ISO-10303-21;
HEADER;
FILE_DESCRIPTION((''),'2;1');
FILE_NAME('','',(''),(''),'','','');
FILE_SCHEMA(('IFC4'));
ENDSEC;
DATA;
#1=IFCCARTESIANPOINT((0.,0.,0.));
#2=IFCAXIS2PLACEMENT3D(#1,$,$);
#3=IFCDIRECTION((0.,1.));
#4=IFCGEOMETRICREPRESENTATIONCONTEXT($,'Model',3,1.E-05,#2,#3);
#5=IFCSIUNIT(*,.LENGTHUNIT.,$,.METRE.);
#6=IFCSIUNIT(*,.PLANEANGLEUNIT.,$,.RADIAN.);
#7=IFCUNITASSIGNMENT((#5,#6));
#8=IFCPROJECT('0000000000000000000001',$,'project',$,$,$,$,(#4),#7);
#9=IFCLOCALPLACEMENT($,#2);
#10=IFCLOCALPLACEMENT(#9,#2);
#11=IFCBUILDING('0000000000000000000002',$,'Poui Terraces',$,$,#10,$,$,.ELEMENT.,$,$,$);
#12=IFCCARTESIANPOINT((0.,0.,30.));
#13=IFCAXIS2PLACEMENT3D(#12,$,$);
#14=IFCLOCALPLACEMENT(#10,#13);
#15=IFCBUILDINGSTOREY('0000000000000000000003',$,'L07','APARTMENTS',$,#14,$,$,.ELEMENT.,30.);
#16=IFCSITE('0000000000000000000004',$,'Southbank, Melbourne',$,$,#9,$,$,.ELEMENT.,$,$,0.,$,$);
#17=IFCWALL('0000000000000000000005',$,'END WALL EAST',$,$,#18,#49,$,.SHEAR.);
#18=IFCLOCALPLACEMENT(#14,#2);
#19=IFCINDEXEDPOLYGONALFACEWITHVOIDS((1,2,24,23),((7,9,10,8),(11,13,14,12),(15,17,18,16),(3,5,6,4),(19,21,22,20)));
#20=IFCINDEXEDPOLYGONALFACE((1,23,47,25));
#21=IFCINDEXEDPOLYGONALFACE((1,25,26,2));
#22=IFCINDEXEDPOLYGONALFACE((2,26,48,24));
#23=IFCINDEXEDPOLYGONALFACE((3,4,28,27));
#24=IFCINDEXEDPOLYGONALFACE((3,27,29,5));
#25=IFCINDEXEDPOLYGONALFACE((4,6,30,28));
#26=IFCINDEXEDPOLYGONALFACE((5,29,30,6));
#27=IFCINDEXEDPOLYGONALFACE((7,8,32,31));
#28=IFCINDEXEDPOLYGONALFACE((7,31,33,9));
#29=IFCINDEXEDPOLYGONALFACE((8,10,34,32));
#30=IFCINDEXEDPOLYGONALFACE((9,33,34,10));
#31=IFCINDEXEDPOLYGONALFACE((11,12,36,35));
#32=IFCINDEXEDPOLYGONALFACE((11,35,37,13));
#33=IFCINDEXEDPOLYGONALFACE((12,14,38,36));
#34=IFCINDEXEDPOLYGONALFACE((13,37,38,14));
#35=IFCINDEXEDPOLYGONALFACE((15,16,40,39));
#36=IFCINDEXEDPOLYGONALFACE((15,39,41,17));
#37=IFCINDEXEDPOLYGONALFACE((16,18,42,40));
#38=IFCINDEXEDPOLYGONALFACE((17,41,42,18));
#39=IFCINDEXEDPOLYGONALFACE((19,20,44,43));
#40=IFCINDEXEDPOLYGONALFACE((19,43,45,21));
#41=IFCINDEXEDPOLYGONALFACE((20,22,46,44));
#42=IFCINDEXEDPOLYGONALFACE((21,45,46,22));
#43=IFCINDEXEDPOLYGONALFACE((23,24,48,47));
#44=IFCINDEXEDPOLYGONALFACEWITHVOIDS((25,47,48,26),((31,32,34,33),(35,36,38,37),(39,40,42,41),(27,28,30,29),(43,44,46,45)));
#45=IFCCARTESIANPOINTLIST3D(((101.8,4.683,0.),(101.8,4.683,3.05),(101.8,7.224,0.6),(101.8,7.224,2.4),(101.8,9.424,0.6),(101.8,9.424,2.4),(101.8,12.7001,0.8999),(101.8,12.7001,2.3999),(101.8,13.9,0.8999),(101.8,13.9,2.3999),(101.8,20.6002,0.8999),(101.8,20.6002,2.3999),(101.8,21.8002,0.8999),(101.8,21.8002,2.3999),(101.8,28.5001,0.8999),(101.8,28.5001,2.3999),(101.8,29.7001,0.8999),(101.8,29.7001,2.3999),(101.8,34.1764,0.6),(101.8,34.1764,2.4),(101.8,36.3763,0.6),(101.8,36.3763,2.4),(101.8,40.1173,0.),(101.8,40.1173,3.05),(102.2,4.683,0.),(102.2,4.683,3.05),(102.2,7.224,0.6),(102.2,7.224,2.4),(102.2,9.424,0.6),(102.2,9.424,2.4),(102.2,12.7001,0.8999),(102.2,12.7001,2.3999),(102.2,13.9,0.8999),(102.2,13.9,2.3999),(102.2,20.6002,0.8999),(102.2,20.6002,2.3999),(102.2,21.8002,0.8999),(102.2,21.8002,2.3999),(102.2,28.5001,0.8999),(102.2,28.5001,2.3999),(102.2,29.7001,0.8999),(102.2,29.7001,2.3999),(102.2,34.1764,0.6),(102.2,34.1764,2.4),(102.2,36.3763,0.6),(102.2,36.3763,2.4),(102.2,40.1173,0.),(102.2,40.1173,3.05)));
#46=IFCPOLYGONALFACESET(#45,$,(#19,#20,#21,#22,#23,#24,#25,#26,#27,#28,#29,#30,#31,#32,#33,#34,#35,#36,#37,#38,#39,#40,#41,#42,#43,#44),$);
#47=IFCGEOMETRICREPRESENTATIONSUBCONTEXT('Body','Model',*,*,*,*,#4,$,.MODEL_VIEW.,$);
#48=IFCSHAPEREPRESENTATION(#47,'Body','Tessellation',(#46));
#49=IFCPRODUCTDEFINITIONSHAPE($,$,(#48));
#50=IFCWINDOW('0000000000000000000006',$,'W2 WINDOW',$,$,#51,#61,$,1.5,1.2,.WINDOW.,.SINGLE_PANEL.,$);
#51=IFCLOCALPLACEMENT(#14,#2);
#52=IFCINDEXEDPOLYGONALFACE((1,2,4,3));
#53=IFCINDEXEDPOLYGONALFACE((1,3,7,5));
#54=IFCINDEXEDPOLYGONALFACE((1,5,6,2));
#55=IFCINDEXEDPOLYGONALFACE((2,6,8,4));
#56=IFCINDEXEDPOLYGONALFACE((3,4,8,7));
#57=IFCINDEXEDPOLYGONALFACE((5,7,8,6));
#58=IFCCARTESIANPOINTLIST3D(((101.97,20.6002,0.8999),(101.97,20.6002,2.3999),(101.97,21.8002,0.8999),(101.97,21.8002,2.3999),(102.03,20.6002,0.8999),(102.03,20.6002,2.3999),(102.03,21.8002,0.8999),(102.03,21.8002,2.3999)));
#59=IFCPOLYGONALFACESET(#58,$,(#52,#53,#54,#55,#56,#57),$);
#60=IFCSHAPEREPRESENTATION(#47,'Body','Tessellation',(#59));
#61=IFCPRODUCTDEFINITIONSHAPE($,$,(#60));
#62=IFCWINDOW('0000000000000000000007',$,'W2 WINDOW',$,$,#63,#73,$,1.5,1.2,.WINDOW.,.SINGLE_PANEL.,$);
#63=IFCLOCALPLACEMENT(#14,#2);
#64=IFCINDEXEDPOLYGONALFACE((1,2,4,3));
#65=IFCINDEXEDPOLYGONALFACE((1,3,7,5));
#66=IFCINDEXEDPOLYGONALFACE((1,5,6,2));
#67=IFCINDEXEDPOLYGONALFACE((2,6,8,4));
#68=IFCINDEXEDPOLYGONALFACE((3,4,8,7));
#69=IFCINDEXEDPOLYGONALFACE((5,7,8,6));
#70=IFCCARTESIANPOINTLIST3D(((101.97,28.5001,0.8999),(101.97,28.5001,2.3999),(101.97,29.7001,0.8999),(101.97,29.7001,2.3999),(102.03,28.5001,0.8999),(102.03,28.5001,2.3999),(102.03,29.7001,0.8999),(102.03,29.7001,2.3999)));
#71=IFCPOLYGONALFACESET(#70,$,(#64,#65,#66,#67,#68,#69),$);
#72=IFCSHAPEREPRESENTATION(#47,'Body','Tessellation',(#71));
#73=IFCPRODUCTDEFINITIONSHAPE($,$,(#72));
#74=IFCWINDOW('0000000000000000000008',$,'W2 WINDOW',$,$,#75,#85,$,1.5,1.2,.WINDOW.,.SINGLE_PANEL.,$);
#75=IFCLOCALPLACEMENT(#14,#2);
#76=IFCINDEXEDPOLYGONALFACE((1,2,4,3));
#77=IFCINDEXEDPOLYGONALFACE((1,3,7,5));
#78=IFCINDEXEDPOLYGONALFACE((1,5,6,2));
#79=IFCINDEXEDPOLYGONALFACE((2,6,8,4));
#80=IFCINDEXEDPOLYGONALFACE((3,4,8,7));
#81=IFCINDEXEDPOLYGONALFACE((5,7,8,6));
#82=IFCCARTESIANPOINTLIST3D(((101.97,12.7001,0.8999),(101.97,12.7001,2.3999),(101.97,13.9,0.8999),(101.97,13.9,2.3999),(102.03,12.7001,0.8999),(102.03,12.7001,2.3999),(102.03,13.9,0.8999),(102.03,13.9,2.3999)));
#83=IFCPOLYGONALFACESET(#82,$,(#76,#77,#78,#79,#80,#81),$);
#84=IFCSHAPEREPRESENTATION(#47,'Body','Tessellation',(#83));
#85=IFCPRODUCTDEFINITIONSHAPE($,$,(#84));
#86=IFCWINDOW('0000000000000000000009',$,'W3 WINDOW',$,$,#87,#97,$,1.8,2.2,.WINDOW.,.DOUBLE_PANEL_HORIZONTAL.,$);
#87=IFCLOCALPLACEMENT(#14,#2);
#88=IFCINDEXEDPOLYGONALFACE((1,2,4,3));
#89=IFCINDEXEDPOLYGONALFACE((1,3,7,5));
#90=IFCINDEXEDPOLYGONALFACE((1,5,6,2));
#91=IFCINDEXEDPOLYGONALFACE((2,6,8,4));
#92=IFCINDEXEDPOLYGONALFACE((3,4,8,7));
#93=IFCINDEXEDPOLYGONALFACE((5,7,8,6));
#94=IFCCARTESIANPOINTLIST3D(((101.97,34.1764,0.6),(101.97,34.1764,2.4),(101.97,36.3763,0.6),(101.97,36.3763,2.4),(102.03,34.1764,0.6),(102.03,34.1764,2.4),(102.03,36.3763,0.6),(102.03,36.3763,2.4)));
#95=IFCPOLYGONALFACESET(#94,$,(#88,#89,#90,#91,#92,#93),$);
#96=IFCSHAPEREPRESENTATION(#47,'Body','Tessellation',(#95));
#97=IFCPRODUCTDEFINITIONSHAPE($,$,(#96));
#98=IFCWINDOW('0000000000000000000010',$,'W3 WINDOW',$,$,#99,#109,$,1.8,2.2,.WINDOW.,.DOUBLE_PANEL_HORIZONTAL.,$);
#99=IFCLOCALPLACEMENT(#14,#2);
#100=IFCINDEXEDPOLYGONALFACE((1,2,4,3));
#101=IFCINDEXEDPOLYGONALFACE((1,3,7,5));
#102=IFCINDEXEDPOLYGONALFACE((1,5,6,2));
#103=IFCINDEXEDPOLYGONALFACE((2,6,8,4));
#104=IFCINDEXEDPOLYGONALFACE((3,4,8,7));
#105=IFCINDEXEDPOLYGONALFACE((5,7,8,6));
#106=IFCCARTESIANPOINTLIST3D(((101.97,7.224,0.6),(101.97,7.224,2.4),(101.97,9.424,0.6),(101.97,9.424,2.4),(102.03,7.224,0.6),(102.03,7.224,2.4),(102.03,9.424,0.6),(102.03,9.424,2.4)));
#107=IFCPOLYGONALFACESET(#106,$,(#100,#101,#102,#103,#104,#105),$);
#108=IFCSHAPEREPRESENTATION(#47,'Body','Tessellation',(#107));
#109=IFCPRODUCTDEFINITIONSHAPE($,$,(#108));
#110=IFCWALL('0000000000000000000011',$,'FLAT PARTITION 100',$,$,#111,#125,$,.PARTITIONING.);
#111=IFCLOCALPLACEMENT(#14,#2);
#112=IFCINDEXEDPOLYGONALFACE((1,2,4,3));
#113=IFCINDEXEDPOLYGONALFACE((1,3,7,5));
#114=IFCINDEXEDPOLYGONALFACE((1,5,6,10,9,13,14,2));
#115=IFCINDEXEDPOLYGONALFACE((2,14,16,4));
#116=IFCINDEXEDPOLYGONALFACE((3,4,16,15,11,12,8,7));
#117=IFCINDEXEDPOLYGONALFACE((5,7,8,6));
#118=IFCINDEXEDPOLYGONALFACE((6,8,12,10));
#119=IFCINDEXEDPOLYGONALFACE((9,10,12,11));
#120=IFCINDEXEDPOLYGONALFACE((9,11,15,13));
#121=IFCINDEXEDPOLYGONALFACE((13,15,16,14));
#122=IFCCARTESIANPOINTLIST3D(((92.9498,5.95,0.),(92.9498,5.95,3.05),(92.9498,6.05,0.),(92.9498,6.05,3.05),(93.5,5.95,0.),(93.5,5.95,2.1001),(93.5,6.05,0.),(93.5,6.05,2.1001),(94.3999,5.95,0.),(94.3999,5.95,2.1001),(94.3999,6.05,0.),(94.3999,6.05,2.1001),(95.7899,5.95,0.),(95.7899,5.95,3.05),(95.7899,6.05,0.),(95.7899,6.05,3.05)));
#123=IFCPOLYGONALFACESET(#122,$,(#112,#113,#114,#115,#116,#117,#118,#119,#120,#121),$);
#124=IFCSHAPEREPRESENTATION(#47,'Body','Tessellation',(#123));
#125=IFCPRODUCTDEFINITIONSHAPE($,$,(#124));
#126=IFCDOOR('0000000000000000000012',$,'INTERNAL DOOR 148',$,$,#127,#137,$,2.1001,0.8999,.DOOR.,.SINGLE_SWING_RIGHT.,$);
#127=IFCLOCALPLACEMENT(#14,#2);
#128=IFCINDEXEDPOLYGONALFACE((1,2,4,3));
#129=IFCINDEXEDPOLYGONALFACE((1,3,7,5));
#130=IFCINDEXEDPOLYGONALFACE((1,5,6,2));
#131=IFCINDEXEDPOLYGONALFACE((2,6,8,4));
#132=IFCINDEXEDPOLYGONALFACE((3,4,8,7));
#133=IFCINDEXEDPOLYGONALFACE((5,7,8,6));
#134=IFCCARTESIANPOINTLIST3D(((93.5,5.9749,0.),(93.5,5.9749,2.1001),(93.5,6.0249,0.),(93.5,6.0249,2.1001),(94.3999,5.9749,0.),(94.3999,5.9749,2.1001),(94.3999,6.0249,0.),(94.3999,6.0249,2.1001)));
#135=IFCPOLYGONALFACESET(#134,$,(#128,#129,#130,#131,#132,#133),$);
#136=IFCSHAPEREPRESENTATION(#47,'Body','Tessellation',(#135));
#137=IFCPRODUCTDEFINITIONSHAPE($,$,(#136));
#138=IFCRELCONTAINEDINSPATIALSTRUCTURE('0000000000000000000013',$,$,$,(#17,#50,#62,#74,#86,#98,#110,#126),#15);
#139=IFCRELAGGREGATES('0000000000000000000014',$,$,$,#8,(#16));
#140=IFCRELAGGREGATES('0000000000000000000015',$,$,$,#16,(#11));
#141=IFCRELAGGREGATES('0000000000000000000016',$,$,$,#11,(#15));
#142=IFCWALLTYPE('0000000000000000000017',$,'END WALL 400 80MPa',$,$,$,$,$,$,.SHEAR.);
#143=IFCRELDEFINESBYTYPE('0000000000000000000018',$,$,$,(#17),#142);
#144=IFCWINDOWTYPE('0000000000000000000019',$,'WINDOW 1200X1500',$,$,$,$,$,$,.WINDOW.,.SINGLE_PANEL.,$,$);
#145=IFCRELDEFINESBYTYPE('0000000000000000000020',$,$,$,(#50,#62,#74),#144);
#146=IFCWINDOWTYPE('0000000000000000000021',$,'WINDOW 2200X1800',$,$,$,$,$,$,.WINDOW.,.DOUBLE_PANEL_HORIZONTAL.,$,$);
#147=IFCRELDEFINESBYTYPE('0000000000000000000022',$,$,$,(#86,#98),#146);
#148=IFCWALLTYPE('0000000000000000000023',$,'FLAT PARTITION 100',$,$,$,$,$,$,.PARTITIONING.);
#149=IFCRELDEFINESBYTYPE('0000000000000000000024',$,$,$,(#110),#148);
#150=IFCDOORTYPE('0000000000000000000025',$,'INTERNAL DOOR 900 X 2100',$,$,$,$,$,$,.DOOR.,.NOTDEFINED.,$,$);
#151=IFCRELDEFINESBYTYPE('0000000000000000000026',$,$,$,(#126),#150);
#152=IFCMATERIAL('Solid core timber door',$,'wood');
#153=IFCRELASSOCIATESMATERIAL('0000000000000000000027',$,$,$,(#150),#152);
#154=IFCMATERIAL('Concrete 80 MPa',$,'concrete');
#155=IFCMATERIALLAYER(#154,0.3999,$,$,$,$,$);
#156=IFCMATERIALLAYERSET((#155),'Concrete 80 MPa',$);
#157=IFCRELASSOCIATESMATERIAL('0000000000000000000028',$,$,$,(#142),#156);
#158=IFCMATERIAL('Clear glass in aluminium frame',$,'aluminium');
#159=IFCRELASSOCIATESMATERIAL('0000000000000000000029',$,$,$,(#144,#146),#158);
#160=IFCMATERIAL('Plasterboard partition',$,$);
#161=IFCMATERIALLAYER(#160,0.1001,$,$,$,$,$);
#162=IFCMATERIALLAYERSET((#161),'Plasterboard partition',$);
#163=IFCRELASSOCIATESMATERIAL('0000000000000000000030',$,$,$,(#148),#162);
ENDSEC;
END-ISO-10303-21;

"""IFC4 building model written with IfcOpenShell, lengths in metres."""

from ifc_helpers import new_model, si_unit, direction, frame, frame_2d, origin, place, context, subcontext, project, spatial, rectangle, extrude, material, layer, layer_set, type_object, element, fill, save


model = new_model("IFC4")

# Units and contexts
model_context = context("Model", 3, precision=1e-05, world=origin(), true_north=direction((0.0, 1.0)))
body_context = subcontext(model_context, "Body", "Model", "MODEL_VIEW")
ifc_project = project(units=[si_unit("LENGTHUNIT", "METRE"), si_unit("PLANEANGLEUNIT", "RADIAN")], contexts=[model_context])

# Site, building, storey
site_placement = place(None, origin())
site = spatial("IfcSite", under=ifc_project, at=site_placement, Name="Southbank, Melbourne", CompositionType="ELEMENT", RefElevation=0.0)
building_placement = place(site_placement, origin())
building = spatial("IfcBuilding", under=site, at=building_placement, Name="Poui Terraces", CompositionType="ELEMENT")
storey_placement = place(building_placement, frame((0.0, 0.0, 30.0)))
storey = spatial("IfcBuildingStorey", under=building, at=storey_placement, Name="L07", Description="APARTMENTS", CompositionType="ELEMENT", Elevation=30.0)

# Shared definitions
ifc_material_1 = material(Name="Concrete 80 MPa", Category="concrete")

# Shared definitions
ifc_material_2 = material(Name="Solid core timber door", Category="wood")
door_type_1 = type_object("IfcDoorType", Name="INTERNAL DOOR 900 X 2100", OperationType="NOTDEFINED", PredefinedType="DOOR", material=ifc_material_2)

# Wall, openings, windows
ifc_layer_1 = layer(ifc_material_1, 0.3999)
ifc_layer_set_1 = layer_set([ifc_layer_1], Name="Concrete 80 MPa")
wall_type_1 = type_object("IfcWallType", Name="END WALL 400 80MPa", PredefinedType="SHEAR", material=ifc_layer_set_1)
wall_1_placement = place(storey_placement, frame((102.0, 4.6829, 0.0), z_axis=(0.0, 0.0, 1.0), x_axis=(0.0, 1.0, 0.0)))
wall_1 = element("IfcWall", 1, at=wall_1_placement, inside=storey, type_object=wall_type_1, Name="END WALL EAST", PredefinedType="SHEAR", context=body_context, shape_type="SweptSolid", body=[
    extrude(rectangle(XDim=35.4343, YDim=0.3999, at=frame_2d((17.7173, 0.0))), origin(), (0.0, 0.0, 1.0), 3.05),
])
opening_1_placement = place(wall_1_placement, frame((15.9172, 0.0, 0.8999)))
opening_1 = element("IfcOpeningElement", 2, at=opening_1_placement, cuts=wall_1, PredefinedType="OPENING", context=body_context, shape_type="SweptSolid", body=[
    extrude(rectangle(XDim=1.2, YDim=1.5, at=frame_2d((0.6001, 0.75))), frame((0.0, 0.21, 0.0), z_axis=(0.0, -1.0, 0.0), x_axis=(1.0, 0.0, 0.0)), (0.0, 0.0, 1.0), 0.4199),
])
opening_2_placement = place(wall_1_placement, frame((23.8171, 0.0, 0.8999)))
opening_2 = element("IfcOpeningElement", 3, at=opening_2_placement, cuts=wall_1, PredefinedType="OPENING", context=body_context, shape_type="SweptSolid", body=[
    extrude(rectangle(XDim=1.2, YDim=1.5, at=frame_2d((0.6001, 0.75))), frame((0.0, 0.21, 0.0), z_axis=(0.0, -1.0, 0.0), x_axis=(1.0, 0.0, 0.0)), (0.0, 0.0, 1.0), 0.4199),
])
opening_3_placement = place(wall_1_placement, frame((8.0171, 0.0, 0.8999)))
opening_3 = element("IfcOpeningElement", 4, at=opening_3_placement, cuts=wall_1, PredefinedType="OPENING", context=body_context, shape_type="SweptSolid", body=[
    extrude(rectangle(XDim=1.2, YDim=1.5, at=frame_2d((0.6001, 0.75))), frame((0.0, 0.21, 0.0), z_axis=(0.0, -1.0, 0.0), x_axis=(1.0, 0.0, 0.0)), (0.0, 0.0, 1.0), 0.4199),
])
opening_4_placement = place(wall_1_placement, frame((29.4934, 0.0, 0.6001)))
opening_4 = element("IfcOpeningElement", 5, at=opening_4_placement, cuts=wall_1, PredefinedType="OPENING", context=body_context, shape_type="SweptSolid", body=[
    extrude(rectangle(XDim=2.2, YDim=1.8, at=frame_2d((1.1001, 0.8999))), frame((0.0, 0.21, 0.0), z_axis=(0.0, -1.0, 0.0), x_axis=(1.0, 0.0, 0.0)), (0.0, 0.0, 1.0), 0.4199),
])
opening_5_placement = place(wall_1_placement, frame((2.541, 0.0, 0.6001)))
opening_5 = element("IfcOpeningElement", 6, at=opening_5_placement, cuts=wall_1, PredefinedType="OPENING", context=body_context, shape_type="SweptSolid", body=[
    extrude(rectangle(XDim=2.2, YDim=1.8, at=frame_2d((1.1001, 0.8999))), frame((0.0, 0.21, 0.0), z_axis=(0.0, -1.0, 0.0), x_axis=(1.0, 0.0, 0.0)), (0.0, 0.0, 1.0), 0.4199),
])
ifc_material_3 = material(Name="Clear glass in aluminium frame", Category="aluminium")
window_type_1 = type_object("IfcWindowType", Name="WINDOW 1200X1500", PartitioningType="SINGLE_PANEL", PredefinedType="WINDOW", material=ifc_material_3)
window_1_placement = place(opening_1_placement, origin())
window_1 = element("IfcWindow", 7, at=window_1_placement, inside=storey, type_object=window_type_1, Name="W2 WINDOW", OverallHeight=1.5, OverallWidth=1.2, PartitioningType="SINGLE_PANEL", PredefinedType="WINDOW", context=body_context, shape_type="SweptSolid", body=[
    extrude(rectangle(XDim=1.2, YDim=1.5, at=frame_2d((0.6001, 0.75))), frame((0.0, 0.03, 0.0), z_axis=(0.0, -1.0, 0.0), x_axis=(1.0, 0.0, 0.0)), (0.0, 0.0, 1.0), 0.0601),
])
fill(opening_1, window_1)
window_2_placement = place(opening_2_placement, origin())
window_2 = element("IfcWindow", 8, at=window_2_placement, inside=storey, type_object=window_type_1, Name="W2 WINDOW", OverallHeight=1.5, OverallWidth=1.2, PartitioningType="SINGLE_PANEL", PredefinedType="WINDOW", context=body_context, shape_type="SweptSolid", body=[
    extrude(rectangle(XDim=1.2, YDim=1.5, at=frame_2d((0.6001, 0.75))), frame((0.0, 0.03, 0.0), z_axis=(0.0, -1.0, 0.0), x_axis=(1.0, 0.0, 0.0)), (0.0, 0.0, 1.0), 0.0601),
])
fill(opening_2, window_2)
window_3_placement = place(opening_3_placement, origin())
window_3 = element("IfcWindow", 9, at=window_3_placement, inside=storey, type_object=window_type_1, Name="W2 WINDOW", OverallHeight=1.5, OverallWidth=1.2, PartitioningType="SINGLE_PANEL", PredefinedType="WINDOW", context=body_context, shape_type="SweptSolid", body=[
    extrude(rectangle(XDim=1.2, YDim=1.5, at=frame_2d((0.6001, 0.75))), frame((0.0, 0.03, 0.0), z_axis=(0.0, -1.0, 0.0), x_axis=(1.0, 0.0, 0.0)), (0.0, 0.0, 1.0), 0.0601),
])
fill(opening_3, window_3)
window_type_2 = type_object("IfcWindowType", Name="WINDOW 2200X1800", PartitioningType="DOUBLE_PANEL_HORIZONTAL", PredefinedType="WINDOW", material=ifc_material_3)
window_4_placement = place(opening_4_placement, origin())
window_4 = element("IfcWindow", 10, at=window_4_placement, inside=storey, type_object=window_type_2, Name="W3 WINDOW", OverallHeight=1.8, OverallWidth=2.2, PartitioningType="DOUBLE_PANEL_HORIZONTAL", PredefinedType="WINDOW", context=body_context, shape_type="SweptSolid", body=[
    extrude(rectangle(XDim=2.2, YDim=1.8, at=frame_2d((1.1001, 0.8999))), frame((0.0, 0.03, 0.0), z_axis=(0.0, -1.0, 0.0), x_axis=(1.0, 0.0, 0.0)), (0.0, 0.0, 1.0), 0.0601),
])
fill(opening_4, window_4)
window_5_placement = place(opening_5_placement, origin())
window_5 = element("IfcWindow", 11, at=window_5_placement, inside=storey, type_object=window_type_2, Name="W3 WINDOW", OverallHeight=1.8, OverallWidth=2.2, PartitioningType="DOUBLE_PANEL_HORIZONTAL", PredefinedType="WINDOW", context=body_context, shape_type="SweptSolid", body=[
    extrude(rectangle(XDim=2.2, YDim=1.8, at=frame_2d((1.1001, 0.8999))), frame((0.0, 0.03, 0.0), z_axis=(0.0, -1.0, 0.0), x_axis=(1.0, 0.0, 0.0)), (0.0, 0.0, 1.0), 0.0601),
])
fill(opening_5, window_5)

# Wall, opening, door
ifc_material_4 = material(Name="Plasterboard partition")
ifc_layer_2 = layer(ifc_material_4, 0.1001)
ifc_layer_set_2 = layer_set([ifc_layer_2], Name="Plasterboard partition")
wall_type_2 = type_object("IfcWallType", Name="FLAT PARTITION 100", PredefinedType="PARTITIONING", material=ifc_layer_set_2)
wall_2_placement = place(storey_placement, frame((92.95, 6.0, 0.0), z_axis=(0.0, 0.0, 1.0), x_axis=(1.0, 0.0, 0.0)))
wall_2 = element("IfcWall", 12, at=wall_2_placement, inside=storey, type_object=wall_type_2, Name="FLAT PARTITION 100", PredefinedType="PARTITIONING", context=body_context, shape_type="SweptSolid", body=[
    extrude(rectangle(XDim=2.8401, YDim=0.1001, at=frame_2d((1.4199, 0.0))), origin(), (0.0, 0.0, 1.0), 3.05),
])
opening_6_placement = place(wall_2_placement, frame((0.55, 0.0, 0.0)))
opening_6 = element("IfcOpeningElement", 13, at=opening_6_placement, cuts=wall_2, PredefinedType="OPENING", context=body_context, shape_type="SweptSolid", body=[
    extrude(rectangle(XDim=0.8999, YDim=2.1001, at=frame_2d((0.45, 1.05))), frame((0.0, 0.0601, 0.0), z_axis=(0.0, -1.0, 0.0), x_axis=(1.0, 0.0, 0.0)), (0.0, 0.0, 1.0), 0.1201),
])
door_1_placement = place(opening_6_placement, origin())
door_1 = element("IfcDoor", 14, at=door_1_placement, inside=storey, type_object=door_type_1, Name="INTERNAL DOOR 148", OperationType="SINGLE_SWING_RIGHT", OverallHeight=2.1001, OverallWidth=0.8999, PredefinedType="DOOR", context=body_context, shape_type="SweptSolid", body=[
    extrude(rectangle(XDim=0.8999, YDim=2.1001, at=frame_2d((0.45, 1.05))), frame((0.0, 0.0249, 0.0), z_axis=(0.0, -1.0, 0.0), x_axis=(1.0, 0.0, 0.0)), (0.0, 0.0, 1.0), 0.05),
])
fill(opening_6, door_1)

save(model, "model.ifc")
